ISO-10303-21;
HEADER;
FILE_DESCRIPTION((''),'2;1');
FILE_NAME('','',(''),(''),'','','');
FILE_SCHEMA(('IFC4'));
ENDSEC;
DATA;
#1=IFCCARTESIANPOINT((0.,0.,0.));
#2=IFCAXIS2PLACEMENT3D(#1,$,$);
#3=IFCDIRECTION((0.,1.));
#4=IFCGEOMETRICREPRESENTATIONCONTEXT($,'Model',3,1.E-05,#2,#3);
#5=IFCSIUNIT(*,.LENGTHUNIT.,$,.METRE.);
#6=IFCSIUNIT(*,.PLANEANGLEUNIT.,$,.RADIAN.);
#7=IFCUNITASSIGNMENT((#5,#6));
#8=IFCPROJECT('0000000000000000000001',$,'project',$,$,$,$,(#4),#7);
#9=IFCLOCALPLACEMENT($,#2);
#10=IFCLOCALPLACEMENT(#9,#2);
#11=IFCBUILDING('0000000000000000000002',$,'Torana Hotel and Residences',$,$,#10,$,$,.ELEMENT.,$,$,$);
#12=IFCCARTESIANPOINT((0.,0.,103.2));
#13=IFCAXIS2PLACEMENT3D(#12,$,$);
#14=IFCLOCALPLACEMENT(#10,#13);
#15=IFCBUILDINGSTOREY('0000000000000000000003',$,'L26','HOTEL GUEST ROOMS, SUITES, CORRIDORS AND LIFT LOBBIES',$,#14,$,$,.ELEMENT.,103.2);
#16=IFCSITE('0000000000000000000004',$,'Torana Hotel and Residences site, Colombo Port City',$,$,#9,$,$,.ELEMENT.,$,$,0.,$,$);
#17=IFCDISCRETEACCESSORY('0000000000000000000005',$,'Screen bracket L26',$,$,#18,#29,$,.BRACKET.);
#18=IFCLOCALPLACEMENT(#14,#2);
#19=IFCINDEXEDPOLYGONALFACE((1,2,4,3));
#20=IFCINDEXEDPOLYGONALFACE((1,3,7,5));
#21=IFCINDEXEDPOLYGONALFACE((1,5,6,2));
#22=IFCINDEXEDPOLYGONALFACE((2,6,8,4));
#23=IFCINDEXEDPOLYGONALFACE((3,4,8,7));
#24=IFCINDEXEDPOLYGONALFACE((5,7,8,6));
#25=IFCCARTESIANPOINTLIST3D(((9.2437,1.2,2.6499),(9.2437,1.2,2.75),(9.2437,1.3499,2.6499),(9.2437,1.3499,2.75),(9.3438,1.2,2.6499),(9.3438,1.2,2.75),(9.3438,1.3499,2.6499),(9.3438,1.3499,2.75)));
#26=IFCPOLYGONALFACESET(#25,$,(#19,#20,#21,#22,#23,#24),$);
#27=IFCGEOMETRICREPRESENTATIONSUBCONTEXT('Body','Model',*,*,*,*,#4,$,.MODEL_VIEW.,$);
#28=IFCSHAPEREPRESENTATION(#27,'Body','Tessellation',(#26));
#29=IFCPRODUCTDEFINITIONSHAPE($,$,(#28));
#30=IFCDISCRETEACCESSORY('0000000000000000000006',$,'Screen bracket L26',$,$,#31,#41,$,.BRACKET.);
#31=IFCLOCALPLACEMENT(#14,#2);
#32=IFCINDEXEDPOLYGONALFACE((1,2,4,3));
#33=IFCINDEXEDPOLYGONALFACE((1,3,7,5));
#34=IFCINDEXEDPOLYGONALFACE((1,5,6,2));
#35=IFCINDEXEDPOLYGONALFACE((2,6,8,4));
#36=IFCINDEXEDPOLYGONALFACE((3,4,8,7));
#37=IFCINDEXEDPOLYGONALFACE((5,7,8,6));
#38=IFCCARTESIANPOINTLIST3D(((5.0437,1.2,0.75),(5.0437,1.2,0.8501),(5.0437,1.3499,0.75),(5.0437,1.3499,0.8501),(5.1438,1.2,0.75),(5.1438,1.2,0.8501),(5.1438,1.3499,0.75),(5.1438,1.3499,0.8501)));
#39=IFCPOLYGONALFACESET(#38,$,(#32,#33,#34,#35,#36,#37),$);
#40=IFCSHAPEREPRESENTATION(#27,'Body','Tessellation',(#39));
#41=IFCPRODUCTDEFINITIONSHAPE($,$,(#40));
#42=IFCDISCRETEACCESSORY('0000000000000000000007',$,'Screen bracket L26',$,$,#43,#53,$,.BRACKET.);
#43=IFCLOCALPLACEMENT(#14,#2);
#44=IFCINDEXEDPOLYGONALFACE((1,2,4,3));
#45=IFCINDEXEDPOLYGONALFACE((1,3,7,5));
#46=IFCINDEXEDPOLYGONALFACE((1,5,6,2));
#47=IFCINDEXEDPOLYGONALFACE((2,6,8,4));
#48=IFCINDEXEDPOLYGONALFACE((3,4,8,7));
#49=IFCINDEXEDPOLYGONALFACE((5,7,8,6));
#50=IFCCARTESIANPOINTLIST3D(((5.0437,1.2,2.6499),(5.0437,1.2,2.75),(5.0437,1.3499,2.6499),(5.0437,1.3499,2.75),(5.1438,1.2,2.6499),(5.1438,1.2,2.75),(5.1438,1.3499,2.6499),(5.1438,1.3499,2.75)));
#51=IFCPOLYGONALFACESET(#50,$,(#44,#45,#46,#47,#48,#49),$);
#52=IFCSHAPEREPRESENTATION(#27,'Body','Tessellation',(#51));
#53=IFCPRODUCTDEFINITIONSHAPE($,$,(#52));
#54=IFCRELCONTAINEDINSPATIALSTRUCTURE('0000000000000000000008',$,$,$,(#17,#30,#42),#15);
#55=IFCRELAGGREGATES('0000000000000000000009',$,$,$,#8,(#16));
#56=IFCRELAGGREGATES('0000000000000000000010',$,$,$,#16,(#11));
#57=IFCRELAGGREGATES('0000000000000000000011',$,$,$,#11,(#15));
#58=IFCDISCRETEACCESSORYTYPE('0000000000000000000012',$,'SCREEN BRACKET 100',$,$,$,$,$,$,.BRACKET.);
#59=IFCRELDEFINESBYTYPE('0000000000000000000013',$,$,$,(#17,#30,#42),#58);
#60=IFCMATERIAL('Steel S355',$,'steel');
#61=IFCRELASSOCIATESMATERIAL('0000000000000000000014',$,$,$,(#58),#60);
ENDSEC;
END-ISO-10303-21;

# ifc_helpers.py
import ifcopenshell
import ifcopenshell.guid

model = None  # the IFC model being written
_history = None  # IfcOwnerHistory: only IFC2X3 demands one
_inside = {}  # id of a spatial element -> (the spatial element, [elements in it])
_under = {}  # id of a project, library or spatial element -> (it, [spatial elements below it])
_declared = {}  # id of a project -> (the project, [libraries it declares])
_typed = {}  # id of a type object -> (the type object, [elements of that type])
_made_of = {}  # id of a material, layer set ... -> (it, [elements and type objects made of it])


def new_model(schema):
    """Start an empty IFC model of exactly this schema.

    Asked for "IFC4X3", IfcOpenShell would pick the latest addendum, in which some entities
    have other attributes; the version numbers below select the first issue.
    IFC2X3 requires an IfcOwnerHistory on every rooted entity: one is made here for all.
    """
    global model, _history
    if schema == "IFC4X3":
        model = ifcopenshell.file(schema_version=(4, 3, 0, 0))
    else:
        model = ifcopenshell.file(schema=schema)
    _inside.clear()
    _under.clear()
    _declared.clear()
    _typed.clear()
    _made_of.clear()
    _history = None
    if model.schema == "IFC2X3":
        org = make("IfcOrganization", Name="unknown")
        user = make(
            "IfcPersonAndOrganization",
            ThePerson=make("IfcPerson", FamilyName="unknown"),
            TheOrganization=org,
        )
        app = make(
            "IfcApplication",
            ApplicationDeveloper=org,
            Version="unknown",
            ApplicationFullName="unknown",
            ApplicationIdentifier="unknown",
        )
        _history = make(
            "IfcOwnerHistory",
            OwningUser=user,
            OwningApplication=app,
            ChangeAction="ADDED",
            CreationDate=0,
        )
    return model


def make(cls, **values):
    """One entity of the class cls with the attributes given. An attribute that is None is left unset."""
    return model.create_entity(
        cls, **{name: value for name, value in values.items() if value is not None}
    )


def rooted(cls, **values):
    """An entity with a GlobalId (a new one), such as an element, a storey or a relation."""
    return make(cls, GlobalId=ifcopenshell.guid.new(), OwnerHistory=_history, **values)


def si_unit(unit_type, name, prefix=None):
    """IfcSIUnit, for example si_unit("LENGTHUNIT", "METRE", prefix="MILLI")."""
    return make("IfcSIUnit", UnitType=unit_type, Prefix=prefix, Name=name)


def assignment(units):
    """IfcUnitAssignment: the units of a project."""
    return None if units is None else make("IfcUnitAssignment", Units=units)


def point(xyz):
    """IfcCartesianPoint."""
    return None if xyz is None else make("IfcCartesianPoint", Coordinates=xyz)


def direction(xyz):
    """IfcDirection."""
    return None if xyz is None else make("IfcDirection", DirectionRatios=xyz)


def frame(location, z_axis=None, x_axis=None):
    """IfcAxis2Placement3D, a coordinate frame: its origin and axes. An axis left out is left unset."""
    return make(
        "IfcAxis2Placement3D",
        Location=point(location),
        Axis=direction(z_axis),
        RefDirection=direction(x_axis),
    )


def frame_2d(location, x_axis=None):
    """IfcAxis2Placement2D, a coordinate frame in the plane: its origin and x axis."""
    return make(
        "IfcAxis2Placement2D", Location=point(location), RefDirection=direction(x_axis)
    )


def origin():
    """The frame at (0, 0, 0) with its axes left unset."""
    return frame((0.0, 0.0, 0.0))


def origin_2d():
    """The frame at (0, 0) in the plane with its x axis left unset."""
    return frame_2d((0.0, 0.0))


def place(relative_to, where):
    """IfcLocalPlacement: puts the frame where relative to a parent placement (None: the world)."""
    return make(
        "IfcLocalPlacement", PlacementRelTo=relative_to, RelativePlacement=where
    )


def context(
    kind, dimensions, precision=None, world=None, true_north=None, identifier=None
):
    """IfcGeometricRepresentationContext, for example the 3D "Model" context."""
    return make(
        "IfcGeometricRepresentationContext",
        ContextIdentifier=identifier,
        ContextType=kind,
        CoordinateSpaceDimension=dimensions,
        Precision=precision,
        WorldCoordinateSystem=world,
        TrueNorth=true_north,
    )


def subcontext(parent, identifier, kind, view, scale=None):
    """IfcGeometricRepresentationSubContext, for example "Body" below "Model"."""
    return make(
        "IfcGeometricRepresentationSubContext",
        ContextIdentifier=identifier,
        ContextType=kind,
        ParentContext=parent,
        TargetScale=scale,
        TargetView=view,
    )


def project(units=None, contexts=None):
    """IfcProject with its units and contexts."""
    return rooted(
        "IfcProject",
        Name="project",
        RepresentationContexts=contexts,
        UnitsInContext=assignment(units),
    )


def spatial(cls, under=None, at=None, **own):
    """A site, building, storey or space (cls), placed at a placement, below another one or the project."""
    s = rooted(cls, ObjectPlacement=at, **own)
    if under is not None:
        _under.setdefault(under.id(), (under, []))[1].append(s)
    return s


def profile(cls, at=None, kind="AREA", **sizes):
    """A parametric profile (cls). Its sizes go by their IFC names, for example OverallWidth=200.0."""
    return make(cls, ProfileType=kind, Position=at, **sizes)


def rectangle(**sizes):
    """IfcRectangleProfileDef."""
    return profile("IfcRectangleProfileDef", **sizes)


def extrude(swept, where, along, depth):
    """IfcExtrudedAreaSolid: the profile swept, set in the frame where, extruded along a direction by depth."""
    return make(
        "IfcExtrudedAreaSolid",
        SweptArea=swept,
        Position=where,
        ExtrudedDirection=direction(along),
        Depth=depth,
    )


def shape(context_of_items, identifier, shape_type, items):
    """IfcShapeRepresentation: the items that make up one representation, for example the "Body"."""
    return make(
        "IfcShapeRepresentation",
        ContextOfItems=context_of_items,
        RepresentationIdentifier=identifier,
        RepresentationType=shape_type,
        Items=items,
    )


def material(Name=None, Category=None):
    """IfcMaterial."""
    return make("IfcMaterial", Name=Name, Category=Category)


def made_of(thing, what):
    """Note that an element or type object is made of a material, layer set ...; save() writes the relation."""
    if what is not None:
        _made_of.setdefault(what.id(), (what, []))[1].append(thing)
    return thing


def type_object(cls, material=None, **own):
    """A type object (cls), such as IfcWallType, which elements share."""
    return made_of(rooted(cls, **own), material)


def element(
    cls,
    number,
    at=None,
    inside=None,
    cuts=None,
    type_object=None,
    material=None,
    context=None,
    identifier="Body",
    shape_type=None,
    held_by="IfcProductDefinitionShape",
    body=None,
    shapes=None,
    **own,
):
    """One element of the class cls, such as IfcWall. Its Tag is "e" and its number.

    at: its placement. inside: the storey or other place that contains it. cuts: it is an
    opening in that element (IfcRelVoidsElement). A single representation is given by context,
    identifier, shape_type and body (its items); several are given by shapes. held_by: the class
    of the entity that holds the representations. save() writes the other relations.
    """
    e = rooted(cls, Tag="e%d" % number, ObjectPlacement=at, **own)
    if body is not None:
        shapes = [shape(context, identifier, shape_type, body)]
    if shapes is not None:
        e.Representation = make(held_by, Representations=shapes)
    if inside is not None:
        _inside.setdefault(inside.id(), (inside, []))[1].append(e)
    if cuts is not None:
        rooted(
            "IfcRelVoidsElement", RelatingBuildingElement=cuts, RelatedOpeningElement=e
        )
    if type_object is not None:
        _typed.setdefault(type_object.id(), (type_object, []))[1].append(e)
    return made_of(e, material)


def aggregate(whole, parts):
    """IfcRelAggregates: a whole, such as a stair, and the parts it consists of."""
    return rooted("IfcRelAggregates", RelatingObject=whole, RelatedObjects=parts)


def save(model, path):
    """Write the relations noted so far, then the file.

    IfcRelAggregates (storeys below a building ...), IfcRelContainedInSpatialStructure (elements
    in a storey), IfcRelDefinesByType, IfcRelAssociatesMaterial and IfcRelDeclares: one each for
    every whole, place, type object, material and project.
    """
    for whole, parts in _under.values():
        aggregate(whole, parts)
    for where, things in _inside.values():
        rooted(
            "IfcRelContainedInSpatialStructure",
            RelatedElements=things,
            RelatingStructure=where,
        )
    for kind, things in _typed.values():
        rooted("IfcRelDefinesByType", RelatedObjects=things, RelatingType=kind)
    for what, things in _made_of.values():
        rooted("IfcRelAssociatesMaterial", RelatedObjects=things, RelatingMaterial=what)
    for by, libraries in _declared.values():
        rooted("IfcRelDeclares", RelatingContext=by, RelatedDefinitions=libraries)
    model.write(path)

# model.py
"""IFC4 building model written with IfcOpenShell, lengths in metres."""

from ifc_helpers import new_model, si_unit, direction, frame, origin, origin_2d, place, context, subcontext, project, spatial, rectangle, extrude, material, type_object, element, save


model = new_model("IFC4")

# Units and contexts
model_context = context("Model", 3, precision=1e-05, world=origin(), true_north=direction((0.0, 1.0)))
body_context = subcontext(model_context, "Body", "Model", "MODEL_VIEW")
ifc_project = project(units=[si_unit("LENGTHUNIT", "METRE"), si_unit("PLANEANGLEUNIT", "RADIAN")], contexts=[model_context])

# Site, building, storey
site_placement = place(None, origin())
site = spatial("IfcSite", under=ifc_project, at=site_placement, Name="Torana Hotel and Residences site, Colombo Port City", CompositionType="ELEMENT", RefElevation=0.0)
building_placement = place(site_placement, origin())
building = spatial("IfcBuilding", under=site, at=building_placement, Name="Torana Hotel and Residences", CompositionType="ELEMENT")
storey_placement = place(building_placement, frame((0.0, 0.0, 103.2)))
storey = spatial("IfcBuildingStorey", under=building, at=storey_placement, Name="L26", Description="HOTEL GUEST ROOMS, SUITES, CORRIDORS AND LIFT LOBBIES", CompositionType="ELEMENT", Elevation=103.2)

# Discrete accessories
ifc_material_1 = material(Name="Steel S355", Category="steel")
discrete_accessory_type = type_object("IfcDiscreteAccessoryType", Name="SCREEN BRACKET 100", PredefinedType="BRACKET", material=ifc_material_1)
for number, where, z_axis, x_axis, name in (
    (1, (9.2937, 1.2749, 2.6499), (0.0, 0.0, 1.0), (-1.0, 0.0, 0.0), "Screen bracket L26"),
    (2, (5.0938, 1.2749, 0.75), (0.0, 0.0, 1.0), (-1.0, 0.0, 0.0), "Screen bracket L26"),
    (3, (5.0938, 1.2749, 2.6499), (0.0, 0.0, 1.0), (-1.0, 0.0, 0.0), "Screen bracket L26"),
):
    element("IfcDiscreteAccessory", number, at=place(storey_placement, frame(where, z_axis=z_axis, x_axis=x_axis)), inside=storey, type_object=discrete_accessory_type, Name=name, PredefinedType="BRACKET", context=body_context, shape_type="SweptSolid", body=[
        extrude(rectangle(XDim=0.1001, YDim=0.1499, at=origin_2d()), origin(), (0.0, 0.0, 1.0), 0.1001),
    ])

save(model, "model.ifc")
